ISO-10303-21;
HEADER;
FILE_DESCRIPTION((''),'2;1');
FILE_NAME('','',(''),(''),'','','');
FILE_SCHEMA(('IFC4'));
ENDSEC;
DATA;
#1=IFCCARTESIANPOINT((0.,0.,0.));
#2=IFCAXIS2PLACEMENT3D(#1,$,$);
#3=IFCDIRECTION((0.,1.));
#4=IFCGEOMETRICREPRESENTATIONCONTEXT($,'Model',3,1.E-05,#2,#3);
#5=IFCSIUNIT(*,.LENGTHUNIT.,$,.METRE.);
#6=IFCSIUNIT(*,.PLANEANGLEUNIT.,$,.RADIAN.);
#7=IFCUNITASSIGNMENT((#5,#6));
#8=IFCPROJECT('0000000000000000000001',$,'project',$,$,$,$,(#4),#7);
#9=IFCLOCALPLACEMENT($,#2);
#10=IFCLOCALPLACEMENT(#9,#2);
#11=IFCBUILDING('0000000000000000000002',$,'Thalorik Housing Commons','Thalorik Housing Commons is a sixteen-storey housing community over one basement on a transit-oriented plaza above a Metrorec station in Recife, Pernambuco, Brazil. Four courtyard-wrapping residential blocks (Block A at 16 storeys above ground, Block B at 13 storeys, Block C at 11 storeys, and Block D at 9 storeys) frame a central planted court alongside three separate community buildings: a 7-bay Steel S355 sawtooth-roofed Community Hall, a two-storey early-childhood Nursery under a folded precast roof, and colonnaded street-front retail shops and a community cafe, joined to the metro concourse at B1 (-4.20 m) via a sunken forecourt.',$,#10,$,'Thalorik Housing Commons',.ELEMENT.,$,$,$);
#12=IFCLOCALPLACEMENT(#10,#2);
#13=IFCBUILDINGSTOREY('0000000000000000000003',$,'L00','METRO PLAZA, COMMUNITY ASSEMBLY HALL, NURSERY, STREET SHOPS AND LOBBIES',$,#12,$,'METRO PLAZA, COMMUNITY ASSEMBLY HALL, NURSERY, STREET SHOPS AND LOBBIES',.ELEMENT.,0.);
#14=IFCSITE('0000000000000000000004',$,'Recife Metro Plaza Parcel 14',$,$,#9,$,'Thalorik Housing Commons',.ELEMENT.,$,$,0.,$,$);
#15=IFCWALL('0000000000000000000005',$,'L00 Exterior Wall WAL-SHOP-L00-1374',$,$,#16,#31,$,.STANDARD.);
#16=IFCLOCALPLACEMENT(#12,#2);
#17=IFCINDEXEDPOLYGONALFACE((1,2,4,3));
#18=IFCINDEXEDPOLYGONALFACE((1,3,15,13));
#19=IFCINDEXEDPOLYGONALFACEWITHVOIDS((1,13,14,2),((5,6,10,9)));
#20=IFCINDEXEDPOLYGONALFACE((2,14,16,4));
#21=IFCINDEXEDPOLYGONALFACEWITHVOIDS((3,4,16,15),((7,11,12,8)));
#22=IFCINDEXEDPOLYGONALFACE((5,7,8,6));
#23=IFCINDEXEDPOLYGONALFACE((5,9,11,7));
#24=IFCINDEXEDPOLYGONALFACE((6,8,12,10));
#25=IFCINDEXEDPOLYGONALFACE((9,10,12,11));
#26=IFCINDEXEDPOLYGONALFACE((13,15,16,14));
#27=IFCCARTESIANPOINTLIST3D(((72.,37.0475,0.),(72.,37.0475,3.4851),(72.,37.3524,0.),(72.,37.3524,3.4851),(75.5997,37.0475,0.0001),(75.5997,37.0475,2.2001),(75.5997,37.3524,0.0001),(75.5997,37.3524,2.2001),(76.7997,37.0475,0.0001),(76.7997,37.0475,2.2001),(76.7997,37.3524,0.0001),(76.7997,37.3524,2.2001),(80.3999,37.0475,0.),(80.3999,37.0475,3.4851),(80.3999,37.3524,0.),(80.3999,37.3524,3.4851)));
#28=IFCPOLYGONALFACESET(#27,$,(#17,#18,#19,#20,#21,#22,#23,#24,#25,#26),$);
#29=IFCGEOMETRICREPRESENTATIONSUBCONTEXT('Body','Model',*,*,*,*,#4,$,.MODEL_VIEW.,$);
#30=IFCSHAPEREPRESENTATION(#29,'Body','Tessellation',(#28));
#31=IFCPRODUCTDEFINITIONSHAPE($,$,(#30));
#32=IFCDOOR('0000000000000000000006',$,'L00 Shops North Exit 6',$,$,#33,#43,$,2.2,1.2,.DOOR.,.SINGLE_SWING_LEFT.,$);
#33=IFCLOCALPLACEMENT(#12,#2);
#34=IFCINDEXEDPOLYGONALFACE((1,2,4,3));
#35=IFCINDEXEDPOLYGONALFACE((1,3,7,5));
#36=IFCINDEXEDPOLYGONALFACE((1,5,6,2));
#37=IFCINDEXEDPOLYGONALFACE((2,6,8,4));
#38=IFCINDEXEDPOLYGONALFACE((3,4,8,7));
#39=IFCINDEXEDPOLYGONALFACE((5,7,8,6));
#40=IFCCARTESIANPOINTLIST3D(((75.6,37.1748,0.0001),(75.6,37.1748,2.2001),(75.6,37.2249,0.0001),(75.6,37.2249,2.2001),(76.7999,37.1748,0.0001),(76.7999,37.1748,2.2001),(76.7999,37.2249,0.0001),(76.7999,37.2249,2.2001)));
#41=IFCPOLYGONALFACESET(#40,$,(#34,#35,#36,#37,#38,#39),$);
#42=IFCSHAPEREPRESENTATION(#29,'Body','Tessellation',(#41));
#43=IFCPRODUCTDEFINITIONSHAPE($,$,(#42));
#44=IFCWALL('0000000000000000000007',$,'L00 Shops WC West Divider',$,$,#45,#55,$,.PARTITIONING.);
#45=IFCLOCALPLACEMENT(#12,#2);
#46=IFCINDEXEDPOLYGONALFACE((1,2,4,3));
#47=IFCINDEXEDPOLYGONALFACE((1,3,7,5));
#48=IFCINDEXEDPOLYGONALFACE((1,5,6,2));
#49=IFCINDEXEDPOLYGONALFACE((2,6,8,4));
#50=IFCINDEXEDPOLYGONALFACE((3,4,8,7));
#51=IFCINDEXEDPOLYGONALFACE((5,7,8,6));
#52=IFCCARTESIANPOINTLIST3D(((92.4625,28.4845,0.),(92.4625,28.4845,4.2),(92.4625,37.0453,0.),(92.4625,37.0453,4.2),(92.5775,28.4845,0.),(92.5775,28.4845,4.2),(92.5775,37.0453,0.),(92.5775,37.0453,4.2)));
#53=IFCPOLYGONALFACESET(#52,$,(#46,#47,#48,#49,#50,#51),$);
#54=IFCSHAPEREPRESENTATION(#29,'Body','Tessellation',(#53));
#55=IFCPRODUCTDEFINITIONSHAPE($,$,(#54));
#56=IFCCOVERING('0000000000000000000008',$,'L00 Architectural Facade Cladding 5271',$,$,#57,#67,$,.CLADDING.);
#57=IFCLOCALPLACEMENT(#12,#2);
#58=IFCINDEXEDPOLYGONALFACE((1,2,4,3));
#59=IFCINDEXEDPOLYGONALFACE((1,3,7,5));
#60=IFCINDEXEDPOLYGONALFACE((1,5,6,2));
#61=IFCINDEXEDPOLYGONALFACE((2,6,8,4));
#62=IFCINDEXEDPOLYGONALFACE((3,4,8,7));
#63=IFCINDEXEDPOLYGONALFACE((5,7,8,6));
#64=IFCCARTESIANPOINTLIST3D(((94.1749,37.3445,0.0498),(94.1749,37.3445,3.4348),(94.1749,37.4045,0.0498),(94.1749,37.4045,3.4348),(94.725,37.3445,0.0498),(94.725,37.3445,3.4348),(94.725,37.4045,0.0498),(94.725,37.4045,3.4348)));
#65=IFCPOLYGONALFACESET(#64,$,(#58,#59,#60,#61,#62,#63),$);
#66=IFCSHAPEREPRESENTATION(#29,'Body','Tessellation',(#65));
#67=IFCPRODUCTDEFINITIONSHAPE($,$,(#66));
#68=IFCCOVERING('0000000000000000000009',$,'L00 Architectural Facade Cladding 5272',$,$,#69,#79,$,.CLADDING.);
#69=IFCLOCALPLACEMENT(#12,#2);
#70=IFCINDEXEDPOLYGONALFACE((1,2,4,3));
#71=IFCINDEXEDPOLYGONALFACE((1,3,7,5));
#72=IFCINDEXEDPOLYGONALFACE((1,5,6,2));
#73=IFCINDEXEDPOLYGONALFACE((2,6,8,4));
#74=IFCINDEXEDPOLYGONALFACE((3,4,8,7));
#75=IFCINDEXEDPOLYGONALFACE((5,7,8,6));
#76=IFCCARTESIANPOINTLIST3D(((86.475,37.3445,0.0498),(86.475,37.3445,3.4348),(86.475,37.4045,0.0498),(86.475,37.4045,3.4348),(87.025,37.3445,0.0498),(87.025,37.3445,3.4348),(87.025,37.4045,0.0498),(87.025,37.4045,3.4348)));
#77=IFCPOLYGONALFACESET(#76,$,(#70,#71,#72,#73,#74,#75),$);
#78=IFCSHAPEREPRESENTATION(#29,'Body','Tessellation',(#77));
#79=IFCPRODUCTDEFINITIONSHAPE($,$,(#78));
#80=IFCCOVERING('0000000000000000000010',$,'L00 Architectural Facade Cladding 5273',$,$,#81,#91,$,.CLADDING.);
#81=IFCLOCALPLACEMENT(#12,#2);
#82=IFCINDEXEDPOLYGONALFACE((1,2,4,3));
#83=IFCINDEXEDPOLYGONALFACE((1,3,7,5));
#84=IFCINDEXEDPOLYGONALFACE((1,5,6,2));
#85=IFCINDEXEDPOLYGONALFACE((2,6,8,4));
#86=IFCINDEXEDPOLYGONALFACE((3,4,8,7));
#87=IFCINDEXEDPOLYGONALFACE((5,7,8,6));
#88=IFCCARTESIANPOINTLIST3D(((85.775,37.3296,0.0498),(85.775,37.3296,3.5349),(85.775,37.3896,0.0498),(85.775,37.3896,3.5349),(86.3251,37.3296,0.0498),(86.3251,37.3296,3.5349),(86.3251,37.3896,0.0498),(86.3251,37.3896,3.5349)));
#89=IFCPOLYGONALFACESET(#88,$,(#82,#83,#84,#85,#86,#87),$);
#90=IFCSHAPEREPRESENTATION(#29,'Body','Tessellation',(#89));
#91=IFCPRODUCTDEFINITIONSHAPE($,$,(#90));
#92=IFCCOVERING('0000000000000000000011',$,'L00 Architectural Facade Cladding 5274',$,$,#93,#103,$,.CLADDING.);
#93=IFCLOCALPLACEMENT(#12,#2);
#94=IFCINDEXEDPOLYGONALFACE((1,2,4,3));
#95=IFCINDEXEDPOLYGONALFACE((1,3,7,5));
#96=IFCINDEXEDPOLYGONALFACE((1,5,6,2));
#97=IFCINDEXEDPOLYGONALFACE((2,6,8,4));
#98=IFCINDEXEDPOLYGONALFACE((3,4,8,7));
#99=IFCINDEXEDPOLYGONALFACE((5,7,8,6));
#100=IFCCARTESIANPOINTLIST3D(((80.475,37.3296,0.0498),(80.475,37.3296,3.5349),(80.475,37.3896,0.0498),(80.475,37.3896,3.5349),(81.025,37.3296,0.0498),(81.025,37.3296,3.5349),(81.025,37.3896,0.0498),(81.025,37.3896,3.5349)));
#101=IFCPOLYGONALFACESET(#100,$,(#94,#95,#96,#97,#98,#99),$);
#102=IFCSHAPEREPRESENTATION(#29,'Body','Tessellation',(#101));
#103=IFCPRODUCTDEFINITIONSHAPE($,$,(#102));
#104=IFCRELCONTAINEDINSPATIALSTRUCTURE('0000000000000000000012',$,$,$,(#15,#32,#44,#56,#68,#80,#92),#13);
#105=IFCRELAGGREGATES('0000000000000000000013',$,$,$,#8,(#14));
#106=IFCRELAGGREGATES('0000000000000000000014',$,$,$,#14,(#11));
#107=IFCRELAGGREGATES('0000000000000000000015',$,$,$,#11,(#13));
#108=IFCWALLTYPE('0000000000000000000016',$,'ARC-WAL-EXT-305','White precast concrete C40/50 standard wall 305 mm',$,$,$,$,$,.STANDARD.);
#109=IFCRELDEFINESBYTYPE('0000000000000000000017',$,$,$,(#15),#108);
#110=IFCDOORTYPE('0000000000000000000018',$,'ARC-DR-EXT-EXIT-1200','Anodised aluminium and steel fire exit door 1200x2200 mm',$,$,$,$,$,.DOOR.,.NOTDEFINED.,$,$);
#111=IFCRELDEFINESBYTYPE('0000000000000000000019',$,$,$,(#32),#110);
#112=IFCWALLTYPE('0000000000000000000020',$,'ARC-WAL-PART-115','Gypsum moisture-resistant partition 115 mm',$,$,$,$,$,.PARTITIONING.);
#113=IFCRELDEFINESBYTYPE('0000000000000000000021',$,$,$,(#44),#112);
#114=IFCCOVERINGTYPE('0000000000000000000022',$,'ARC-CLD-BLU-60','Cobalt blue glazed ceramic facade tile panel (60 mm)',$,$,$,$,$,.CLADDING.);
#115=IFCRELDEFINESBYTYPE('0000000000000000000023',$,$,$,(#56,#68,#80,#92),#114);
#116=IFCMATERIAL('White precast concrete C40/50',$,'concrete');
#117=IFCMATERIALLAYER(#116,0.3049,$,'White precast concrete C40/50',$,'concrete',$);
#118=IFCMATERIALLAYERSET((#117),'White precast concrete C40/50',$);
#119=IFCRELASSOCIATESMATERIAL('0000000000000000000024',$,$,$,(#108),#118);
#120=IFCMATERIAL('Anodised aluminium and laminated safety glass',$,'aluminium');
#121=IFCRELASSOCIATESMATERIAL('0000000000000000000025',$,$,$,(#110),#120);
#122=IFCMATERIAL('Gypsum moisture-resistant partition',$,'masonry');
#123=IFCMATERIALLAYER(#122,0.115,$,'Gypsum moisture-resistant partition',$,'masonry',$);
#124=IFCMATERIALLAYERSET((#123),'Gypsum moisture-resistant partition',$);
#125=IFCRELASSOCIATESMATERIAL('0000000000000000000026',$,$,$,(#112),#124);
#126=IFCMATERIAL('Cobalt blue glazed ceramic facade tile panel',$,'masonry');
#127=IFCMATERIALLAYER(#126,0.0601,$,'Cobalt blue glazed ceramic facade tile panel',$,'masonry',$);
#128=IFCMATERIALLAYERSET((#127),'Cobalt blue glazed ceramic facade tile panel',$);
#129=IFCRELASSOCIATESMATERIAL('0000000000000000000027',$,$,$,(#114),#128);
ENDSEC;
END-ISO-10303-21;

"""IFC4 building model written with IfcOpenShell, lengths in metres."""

from ifc_helpers import new_model, si_unit, direction, frame, frame_2d, origin, origin_2d, place, context, subcontext, project, spatial, rectangle, extrude, material, layer, layer_set, type_object, element, fill, save


model = new_model("IFC4")

# Units and contexts
model_context = context("Model", 3, precision=1e-05, world=origin(), true_north=direction((0.0, 1.0)))
body_context = subcontext(model_context, "Body", "Model", "MODEL_VIEW")
ifc_project = project(units=[si_unit("LENGTHUNIT", "METRE"), si_unit("PLANEANGLEUNIT", "RADIAN")], contexts=[model_context])

# Site, building, storey
site_placement = place(None, origin())
site = spatial("IfcSite", under=ifc_project, at=site_placement, Name="Recife Metro Plaza Parcel 14", LongName="Thalorik Housing Commons", CompositionType="ELEMENT", RefElevation=0.0)
building_placement = place(site_placement, origin())
building = spatial("IfcBuilding", under=site, at=building_placement, Name="Thalorik Housing Commons", Description="Thalorik Housing Commons is a sixteen-storey housing community over one basement on a transit-oriented plaza above a Metrorec station in Recife, Pernambuco, Brazil. Four courtyard-wrapping residential blocks (Block A at 16 storeys above ground, Block B at 13 storeys, Block C at 11 storeys, and Block D at 9 storeys) frame a central planted court alongside three separate community buildings: a 7-bay Steel S355 sawtooth-roofed Community Hall, a two-storey early-childhood Nursery under a folded precast roof, and colonnaded street-front retail shops and a community cafe, joined to the metro concourse at B1 (-4.20 m) via a sunken forecourt.", LongName="Thalorik Housing Commons", CompositionType="ELEMENT")
storey_placement = place(building_placement, origin())
storey = spatial("IfcBuildingStorey", under=building, at=storey_placement, Name="L00", Description="METRO PLAZA, COMMUNITY ASSEMBLY HALL, NURSERY, STREET SHOPS AND LOBBIES", LongName="METRO PLAZA, COMMUNITY ASSEMBLY HALL, NURSERY, STREET SHOPS AND LOBBIES", CompositionType="ELEMENT", Elevation=0.0)

# Shared definitions
ifc_material_1 = material(Name="White precast concrete C40/50", Category="concrete")

# Wall, opening, door
ifc_layer_1 = layer(ifc_material_1, 0.3049, Name="White precast concrete C40/50", Category="concrete")
ifc_layer_set_1 = layer_set([ifc_layer_1], Name="White precast concrete C40/50")
wall_type_1 = type_object("IfcWallType", Name="ARC-WAL-EXT-305", Description="White precast concrete C40/50 standard wall 305 mm", PredefinedType="STANDARD", material=ifc_layer_set_1)
wall_1_placement = place(storey_placement, frame((80.3999, 37.2, 0.0), z_axis=(0.0, 0.0, 1.0), x_axis=(-1.0, 0.0, 0.0)))
wall_1 = element("IfcWall", 1, at=wall_1_placement, inside=storey, type_object=wall_type_1, Name="L00 Exterior Wall WAL-SHOP-L00-1374", PredefinedType="STANDARD", context=body_context, shape_type="SweptSolid", body=[
    extrude(rectangle(XDim=8.3999, YDim=0.3049, at=frame_2d((4.2, 0.0))), origin(), (0.0, 0.0, 1.0), 3.4851),
])
opening_1_placement = place(wall_1_placement, frame((3.6001, 0.0, 0.0)))
opening_1 = element("IfcOpeningElement", 2, at=opening_1_placement, cuts=wall_1, PredefinedType="OPENING", context=body_context, shape_type="SweptSolid", body=[
    extrude(rectangle(XDim=1.2, YDim=2.2, at=frame_2d((0.6001, 1.1001))), frame((0.0, 0.1626, 0.0), z_axis=(0.0, -1.0, 0.0), x_axis=(1.0, 0.0, 0.0)), (0.0, 0.0, 1.0), 0.325),
])
ifc_material_2 = material(Name="Anodised aluminium and laminated safety glass", Category="aluminium")
door_type = type_object("IfcDoorType", Name="ARC-DR-EXT-EXIT-1200", Description="Anodised aluminium and steel fire exit door 1200x2200 mm", OperationType="NOTDEFINED", PredefinedType="DOOR", material=ifc_material_2)
door_placement = place(opening_1_placement, frame((1.2, 0.0, 0.0), z_axis=(0.0, 0.0, 1.0), x_axis=(-1.0, 0.0, 0.0)))
door = element("IfcDoor", 3, at=door_placement, inside=storey, type_object=door_type, Name="L00 Shops North Exit 6", OperationType="SINGLE_SWING_LEFT", OverallHeight=2.2, OverallWidth=1.2, PredefinedType="DOOR", context=body_context, shape_type="SweptSolid", body=[
    extrude(rectangle(XDim=1.2, YDim=2.2, at=frame_2d((0.6001, 1.1001))), frame((0.0, 0.0249, 0.0), z_axis=(0.0, -1.0, 0.0), x_axis=(1.0, 0.0, 0.0)), (0.0, 0.0, 1.0), 0.05),
])
fill(opening_1, door)

# Wall
ifc_material_3 = material(Name="Gypsum moisture-resistant partition", Category="masonry")
ifc_layer_2 = layer(ifc_material_3, 0.115, Name="Gypsum moisture-resistant partition", Category="masonry")
ifc_layer_set_2 = layer_set([ifc_layer_2], Name="Gypsum moisture-resistant partition")
wall_type_2 = type_object("IfcWallType", Name="ARC-WAL-PART-115", Description="Gypsum moisture-resistant partition 115 mm", PredefinedType="PARTITIONING", material=ifc_layer_set_2)
wall_2_placement = place(storey_placement, frame((92.52, 28.4846, 0.0), z_axis=(0.0, 0.0, 1.0), x_axis=(0.0, 1.0, 0.0)))
element("IfcWall", 4, at=wall_2_placement, inside=storey, type_object=wall_type_2, Name="L00 Shops WC West Divider", PredefinedType="PARTITIONING", context=body_context, shape_type="SweptSolid", body=[
    extrude(rectangle(XDim=8.5608, YDim=0.115, at=frame_2d((4.2803, 0.0))), origin(), (0.0, 0.0, 1.0), 4.2),
])

# Coverings
ifc_material_4 = material(Name="Cobalt blue glazed ceramic facade tile panel", Category="masonry")
ifc_layer_3 = layer(ifc_material_4, 0.0601, Name="Cobalt blue glazed ceramic facade tile panel", Category="masonry")
ifc_layer_set_3 = layer_set([ifc_layer_3], Name="Cobalt blue glazed ceramic facade tile panel")
covering_type = type_object("IfcCoveringType", Name="ARC-CLD-BLU-60", Description="Cobalt blue glazed ceramic facade tile panel (60 mm)", PredefinedType="CLADDING", material=ifc_layer_set_3)
for number, where, z_axis, x_axis, name in (
    (5, (94.45, 37.3745, 0.0498), (0.0, 0.0, 1.0), (-1.0, 0.0, 0.0), "L00 Architectural Facade Cladding 5271"),
    (6, (86.75, 37.3745, 0.0498), (0.0, 0.0, 1.0), (-1.0, 0.0, 0.0), "L00 Architectural Facade Cladding 5272"),
):
    element("IfcCovering", number, at=place(storey_placement, frame(where, z_axis=z_axis, x_axis=x_axis)), inside=storey, type_object=covering_type, Name=name, PredefinedType="CLADDING", context=body_context, shape_type="SweptSolid", body=[
        extrude(rectangle(XDim=0.55, YDim=0.0601, at=origin_2d()), origin(), (0.0, 0.0, 1.0), 3.385),
    ])
for number, where, z_axis, x_axis, name in (
    (7, (86.05, 37.3596, 0.0498), (0.0, 0.0, 1.0), (-1.0, 0.0, 0.0), "L00 Architectural Facade Cladding 5273"),
    (8, (80.75, 37.3596, 0.0498), (0.0, 0.0, 1.0), (-1.0, 0.0, 0.0), "L00 Architectural Facade Cladding 5274"),
):
    element("IfcCovering", number, at=place(storey_placement, frame(where, z_axis=z_axis, x_axis=x_axis)), inside=storey, type_object=covering_type, Name=name, PredefinedType="CLADDING", context=body_context, shape_type="SweptSolid", body=[
        extrude(rectangle(XDim=0.55, YDim=0.0601, at=origin_2d()), origin(), (0.0, 0.0, 1.0), 3.4851),
    ])

save(model, "model.ifc")
